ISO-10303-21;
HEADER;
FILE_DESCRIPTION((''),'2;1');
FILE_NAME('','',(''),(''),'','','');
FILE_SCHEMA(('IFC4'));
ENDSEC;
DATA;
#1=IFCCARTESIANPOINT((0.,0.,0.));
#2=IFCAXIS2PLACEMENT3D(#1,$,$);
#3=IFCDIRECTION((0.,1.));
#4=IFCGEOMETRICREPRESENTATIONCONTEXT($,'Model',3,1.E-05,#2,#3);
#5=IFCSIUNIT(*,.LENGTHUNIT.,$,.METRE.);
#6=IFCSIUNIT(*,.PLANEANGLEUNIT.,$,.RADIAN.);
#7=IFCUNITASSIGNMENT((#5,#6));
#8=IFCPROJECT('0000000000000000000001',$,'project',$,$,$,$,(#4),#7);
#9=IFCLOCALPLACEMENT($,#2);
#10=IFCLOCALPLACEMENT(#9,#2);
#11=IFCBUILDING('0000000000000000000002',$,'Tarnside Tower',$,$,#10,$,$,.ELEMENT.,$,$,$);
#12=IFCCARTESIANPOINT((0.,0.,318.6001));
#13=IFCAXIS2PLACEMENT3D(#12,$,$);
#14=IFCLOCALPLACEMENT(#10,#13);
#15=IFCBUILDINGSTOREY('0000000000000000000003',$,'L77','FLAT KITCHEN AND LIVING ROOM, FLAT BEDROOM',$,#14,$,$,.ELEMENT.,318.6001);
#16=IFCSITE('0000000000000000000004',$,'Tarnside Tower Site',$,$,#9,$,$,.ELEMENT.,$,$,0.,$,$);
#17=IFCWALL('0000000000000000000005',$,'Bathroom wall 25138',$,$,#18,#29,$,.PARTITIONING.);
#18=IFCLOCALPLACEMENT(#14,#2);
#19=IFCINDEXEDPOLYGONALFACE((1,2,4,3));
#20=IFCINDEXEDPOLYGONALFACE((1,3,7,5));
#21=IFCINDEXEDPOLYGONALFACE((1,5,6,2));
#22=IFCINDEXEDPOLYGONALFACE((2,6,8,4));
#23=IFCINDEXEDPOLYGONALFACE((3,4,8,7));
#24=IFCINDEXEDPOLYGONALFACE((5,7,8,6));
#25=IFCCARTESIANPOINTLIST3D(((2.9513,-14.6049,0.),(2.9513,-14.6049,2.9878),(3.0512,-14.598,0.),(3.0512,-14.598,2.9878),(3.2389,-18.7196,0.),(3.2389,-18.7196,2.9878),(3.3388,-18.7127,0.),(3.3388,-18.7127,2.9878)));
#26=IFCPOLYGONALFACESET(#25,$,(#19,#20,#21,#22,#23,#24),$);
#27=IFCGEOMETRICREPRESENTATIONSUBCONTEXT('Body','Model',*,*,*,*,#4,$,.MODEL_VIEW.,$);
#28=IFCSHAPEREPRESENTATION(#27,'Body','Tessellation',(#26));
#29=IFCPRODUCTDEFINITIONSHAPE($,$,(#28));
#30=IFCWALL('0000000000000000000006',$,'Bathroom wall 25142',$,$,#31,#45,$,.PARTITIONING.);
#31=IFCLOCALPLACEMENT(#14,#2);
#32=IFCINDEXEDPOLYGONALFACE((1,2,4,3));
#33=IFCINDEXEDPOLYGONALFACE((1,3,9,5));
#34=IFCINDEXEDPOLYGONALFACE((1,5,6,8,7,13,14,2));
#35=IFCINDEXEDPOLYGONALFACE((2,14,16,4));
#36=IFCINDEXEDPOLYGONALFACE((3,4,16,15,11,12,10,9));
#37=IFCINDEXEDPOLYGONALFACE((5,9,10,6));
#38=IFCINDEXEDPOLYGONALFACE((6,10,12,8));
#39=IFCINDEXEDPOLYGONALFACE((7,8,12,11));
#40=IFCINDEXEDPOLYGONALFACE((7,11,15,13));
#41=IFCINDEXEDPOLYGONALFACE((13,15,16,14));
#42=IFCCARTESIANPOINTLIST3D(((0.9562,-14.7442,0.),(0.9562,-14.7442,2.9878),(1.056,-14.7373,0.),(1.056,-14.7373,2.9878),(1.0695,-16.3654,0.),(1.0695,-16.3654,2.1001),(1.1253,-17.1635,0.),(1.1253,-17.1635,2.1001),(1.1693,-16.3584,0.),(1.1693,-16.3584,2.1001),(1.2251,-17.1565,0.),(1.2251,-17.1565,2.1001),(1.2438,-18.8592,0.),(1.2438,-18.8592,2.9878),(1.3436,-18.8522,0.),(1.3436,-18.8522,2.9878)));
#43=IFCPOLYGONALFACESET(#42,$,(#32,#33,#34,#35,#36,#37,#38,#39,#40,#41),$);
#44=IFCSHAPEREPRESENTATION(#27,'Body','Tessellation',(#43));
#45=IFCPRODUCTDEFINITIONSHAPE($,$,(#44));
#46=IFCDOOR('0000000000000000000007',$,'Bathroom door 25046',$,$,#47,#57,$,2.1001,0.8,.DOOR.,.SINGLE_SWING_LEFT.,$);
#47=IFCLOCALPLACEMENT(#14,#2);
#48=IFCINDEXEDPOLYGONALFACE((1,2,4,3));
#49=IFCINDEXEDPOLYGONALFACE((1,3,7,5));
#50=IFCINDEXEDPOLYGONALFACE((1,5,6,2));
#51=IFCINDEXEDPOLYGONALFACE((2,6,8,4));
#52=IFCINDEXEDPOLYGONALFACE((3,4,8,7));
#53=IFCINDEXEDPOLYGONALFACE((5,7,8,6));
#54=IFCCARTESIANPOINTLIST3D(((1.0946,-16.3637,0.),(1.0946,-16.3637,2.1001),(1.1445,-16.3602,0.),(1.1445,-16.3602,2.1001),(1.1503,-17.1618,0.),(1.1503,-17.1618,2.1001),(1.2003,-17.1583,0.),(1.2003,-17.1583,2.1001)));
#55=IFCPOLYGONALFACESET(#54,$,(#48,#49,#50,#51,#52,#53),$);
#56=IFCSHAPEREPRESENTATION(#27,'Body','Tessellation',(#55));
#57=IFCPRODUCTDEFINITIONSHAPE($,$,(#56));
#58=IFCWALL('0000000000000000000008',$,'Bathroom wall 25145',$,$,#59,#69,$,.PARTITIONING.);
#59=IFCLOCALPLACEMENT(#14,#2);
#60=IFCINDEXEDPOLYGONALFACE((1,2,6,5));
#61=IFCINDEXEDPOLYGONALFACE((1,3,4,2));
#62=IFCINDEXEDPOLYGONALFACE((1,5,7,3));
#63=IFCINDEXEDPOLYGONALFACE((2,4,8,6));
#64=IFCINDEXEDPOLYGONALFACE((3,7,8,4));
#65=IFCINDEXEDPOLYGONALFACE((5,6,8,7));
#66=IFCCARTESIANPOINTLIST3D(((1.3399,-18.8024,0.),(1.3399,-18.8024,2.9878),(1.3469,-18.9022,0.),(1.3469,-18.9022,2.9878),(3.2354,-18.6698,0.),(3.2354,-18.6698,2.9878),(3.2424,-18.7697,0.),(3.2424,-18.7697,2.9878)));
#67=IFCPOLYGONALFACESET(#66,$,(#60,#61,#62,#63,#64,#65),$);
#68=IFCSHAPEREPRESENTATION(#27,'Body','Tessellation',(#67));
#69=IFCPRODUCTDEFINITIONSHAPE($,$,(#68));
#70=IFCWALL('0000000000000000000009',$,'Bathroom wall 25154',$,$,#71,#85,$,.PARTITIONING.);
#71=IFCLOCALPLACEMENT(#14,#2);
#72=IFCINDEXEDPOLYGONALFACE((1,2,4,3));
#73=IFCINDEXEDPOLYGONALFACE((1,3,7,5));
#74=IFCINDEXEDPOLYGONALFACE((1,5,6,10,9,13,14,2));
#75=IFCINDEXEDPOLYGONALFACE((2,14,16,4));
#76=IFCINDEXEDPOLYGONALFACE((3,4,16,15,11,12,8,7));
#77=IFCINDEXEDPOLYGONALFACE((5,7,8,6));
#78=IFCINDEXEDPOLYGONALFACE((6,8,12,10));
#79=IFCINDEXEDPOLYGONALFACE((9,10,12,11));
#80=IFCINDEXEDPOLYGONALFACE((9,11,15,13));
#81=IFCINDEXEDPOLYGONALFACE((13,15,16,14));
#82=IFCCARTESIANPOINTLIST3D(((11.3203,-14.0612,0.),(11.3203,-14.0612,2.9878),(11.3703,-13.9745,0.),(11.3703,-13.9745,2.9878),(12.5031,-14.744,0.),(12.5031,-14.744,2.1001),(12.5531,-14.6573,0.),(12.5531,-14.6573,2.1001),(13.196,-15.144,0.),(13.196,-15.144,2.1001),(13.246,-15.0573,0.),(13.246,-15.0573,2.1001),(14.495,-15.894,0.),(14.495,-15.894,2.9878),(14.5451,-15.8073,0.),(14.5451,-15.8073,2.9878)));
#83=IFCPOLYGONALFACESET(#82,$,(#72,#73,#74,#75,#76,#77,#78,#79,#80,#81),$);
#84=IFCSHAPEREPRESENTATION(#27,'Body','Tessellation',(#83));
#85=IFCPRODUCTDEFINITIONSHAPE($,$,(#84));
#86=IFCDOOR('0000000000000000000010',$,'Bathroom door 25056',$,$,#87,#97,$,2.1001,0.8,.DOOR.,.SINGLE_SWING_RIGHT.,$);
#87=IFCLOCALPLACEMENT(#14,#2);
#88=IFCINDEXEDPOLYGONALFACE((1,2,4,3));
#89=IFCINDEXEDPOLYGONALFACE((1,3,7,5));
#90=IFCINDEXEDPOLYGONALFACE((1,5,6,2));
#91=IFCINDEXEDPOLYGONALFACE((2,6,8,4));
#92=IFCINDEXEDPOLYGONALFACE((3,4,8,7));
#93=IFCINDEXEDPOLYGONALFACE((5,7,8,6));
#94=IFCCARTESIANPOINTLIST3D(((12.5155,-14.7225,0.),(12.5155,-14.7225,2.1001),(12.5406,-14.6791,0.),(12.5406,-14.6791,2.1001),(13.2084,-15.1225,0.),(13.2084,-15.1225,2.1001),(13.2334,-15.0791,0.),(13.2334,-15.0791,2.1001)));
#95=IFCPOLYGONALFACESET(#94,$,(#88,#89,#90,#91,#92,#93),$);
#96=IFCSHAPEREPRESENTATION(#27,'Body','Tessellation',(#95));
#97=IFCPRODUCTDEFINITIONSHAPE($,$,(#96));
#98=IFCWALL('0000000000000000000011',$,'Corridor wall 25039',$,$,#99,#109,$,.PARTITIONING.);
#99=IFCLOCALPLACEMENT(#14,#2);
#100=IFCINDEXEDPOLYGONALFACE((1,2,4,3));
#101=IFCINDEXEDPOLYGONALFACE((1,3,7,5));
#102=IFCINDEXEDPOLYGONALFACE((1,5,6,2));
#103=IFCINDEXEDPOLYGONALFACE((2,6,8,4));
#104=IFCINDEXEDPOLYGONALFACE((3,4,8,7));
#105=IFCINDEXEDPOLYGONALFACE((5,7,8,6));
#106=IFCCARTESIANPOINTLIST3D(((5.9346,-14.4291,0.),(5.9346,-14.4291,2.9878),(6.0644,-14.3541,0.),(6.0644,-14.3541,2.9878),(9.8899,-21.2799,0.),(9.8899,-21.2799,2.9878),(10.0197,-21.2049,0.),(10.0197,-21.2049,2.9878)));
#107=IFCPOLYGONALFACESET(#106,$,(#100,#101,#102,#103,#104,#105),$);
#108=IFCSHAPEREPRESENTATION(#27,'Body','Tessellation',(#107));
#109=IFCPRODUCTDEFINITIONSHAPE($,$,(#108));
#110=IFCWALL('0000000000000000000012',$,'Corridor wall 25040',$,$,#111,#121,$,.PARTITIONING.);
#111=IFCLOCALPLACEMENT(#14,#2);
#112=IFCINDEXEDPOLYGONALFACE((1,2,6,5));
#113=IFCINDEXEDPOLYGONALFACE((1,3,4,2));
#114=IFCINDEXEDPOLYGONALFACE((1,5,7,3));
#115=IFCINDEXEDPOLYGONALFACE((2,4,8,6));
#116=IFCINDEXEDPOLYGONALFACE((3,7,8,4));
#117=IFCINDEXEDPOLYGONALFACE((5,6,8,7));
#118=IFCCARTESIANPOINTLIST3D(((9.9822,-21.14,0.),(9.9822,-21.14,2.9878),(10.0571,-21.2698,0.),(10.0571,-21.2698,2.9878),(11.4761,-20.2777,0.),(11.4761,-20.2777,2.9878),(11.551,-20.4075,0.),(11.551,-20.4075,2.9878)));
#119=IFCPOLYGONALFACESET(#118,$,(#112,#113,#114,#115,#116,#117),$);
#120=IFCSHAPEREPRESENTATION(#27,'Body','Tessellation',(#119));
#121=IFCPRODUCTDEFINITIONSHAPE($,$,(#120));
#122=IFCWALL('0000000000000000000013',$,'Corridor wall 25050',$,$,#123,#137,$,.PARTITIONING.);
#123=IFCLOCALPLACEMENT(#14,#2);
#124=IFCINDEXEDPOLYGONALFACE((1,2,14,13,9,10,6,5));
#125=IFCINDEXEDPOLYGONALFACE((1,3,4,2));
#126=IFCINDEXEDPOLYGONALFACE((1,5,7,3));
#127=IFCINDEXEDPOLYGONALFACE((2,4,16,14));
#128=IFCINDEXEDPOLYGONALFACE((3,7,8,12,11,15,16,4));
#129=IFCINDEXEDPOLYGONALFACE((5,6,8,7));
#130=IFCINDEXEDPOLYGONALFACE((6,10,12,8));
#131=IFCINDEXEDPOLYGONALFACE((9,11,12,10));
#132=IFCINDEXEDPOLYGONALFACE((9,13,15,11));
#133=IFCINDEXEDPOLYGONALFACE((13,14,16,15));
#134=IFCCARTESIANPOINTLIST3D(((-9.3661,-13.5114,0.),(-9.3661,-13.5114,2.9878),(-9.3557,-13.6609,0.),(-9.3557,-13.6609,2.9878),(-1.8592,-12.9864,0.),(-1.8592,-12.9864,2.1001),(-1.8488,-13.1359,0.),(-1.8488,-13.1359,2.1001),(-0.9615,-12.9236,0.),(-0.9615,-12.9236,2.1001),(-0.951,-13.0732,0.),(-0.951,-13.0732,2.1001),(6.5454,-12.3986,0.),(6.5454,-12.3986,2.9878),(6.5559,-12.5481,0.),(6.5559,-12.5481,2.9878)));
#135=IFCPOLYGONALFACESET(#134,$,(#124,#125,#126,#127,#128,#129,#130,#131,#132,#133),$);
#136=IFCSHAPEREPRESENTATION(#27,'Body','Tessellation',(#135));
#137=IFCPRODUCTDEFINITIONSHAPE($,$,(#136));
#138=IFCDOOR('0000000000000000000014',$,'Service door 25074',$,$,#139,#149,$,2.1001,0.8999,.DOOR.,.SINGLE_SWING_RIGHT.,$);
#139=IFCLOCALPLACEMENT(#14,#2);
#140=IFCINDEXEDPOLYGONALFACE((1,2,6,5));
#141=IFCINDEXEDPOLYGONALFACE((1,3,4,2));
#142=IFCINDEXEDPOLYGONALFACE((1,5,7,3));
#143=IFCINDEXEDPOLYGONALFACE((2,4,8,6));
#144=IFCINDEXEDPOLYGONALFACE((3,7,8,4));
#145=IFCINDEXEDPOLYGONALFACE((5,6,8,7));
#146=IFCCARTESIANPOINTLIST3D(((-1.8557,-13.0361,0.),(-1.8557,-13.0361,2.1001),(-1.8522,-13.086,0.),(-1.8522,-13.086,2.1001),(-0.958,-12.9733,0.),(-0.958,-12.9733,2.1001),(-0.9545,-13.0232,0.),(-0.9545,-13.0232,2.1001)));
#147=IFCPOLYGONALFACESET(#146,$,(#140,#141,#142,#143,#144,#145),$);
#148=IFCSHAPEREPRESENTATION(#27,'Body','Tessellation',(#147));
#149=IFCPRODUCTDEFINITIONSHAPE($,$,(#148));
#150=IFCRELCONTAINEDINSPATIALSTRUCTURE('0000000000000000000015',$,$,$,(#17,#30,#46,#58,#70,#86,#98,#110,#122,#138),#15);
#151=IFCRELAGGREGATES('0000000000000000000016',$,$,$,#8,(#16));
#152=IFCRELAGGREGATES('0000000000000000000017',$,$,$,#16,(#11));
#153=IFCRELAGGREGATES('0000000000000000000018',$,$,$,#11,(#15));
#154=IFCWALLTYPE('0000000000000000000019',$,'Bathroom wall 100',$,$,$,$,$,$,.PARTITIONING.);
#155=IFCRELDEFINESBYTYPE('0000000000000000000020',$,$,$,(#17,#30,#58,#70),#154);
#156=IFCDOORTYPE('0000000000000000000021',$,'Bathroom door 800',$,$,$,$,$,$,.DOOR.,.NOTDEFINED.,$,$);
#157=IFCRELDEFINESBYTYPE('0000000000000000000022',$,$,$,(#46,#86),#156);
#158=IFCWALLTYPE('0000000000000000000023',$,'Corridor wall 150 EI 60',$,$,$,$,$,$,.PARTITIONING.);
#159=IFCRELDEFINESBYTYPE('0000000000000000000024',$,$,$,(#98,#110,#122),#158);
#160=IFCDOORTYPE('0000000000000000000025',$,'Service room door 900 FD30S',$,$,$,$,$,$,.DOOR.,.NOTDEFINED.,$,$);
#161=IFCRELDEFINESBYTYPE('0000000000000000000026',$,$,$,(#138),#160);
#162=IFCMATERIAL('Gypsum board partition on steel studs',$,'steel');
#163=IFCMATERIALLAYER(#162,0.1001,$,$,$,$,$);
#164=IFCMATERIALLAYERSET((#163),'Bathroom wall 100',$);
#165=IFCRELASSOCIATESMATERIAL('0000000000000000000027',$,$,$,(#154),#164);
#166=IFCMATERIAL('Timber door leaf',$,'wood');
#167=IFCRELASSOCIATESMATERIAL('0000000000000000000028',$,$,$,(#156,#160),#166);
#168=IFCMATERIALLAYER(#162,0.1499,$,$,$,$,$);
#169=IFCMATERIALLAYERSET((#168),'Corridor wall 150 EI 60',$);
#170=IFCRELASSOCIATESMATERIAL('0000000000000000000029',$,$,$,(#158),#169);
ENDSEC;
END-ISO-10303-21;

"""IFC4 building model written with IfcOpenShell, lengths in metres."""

from ifc_helpers import new_model, si_unit, direction, frame, frame_2d, origin, place, context, subcontext, project, spatial, rectangle, extrude, material, layer, layer_set, type_object, element, fill, save


model = new_model("IFC4")

# Units and contexts
model_context = context("Model", 3, precision=1e-05, world=origin(), true_north=direction((0.0, 1.0)))
body_context = subcontext(model_context, "Body", "Model", "MODEL_VIEW")
ifc_project = project(units=[si_unit("LENGTHUNIT", "METRE"), si_unit("PLANEANGLEUNIT", "RADIAN")], contexts=[model_context])

# Site, building, storey
site_placement = place(None, origin())
site = spatial("IfcSite", under=ifc_project, at=site_placement, Name="Tarnside Tower Site", CompositionType="ELEMENT", RefElevation=0.0)
building_placement = place(site_placement, origin())
building = spatial("IfcBuilding", under=site, at=building_placement, Name="Tarnside Tower", CompositionType="ELEMENT")
storey_placement = place(building_placement, frame((0.0, 0.0, 318.6001)))
storey = spatial("IfcBuildingStorey", under=building, at=storey_placement, Name="L77", Description="FLAT KITCHEN AND LIVING ROOM, FLAT BEDROOM", CompositionType="ELEMENT", Elevation=318.6001)

# Wall
ifc_material_1 = material(Name="Gypsum board partition on steel studs", Category="steel")
ifc_layer_1 = layer(ifc_material_1, 0.1001)
ifc_layer_set_1 = layer_set([ifc_layer_1], Name="Bathroom wall 100")
wall_type_1 = type_object("IfcWallType", Name="Bathroom wall 100", PredefinedType="PARTITIONING", material=ifc_layer_set_1)
wall_1_placement = place(storey_placement, frame((3.0012, -14.6013, 0.0), z_axis=(0.0, 0.0, 1.0), x_axis=(0.069724, -0.997566, 0.0)))
element("IfcWall", 1, at=wall_1_placement, inside=storey, type_object=wall_type_1, Name="Bathroom wall 25138", PredefinedType="PARTITIONING", context=body_context, shape_type="SweptSolid", body=[
    extrude(rectangle(XDim=4.1248, YDim=0.1001, at=frame_2d((2.0625, 0.0))), origin(), (0.0, 0.0, 1.0), 2.9878),
])

# Wall, opening, door
wall_2_placement = place(storey_placement, frame((1.2937, -18.8557, 0.0), z_axis=(0.0, 0.0, 1.0), x_axis=(-0.06972, 0.997567, 0.0)))
wall_2 = element("IfcWall", 2, at=wall_2_placement, inside=storey, type_object=wall_type_1, Name="Bathroom wall 25142", PredefinedType="PARTITIONING", context=body_context, shape_type="SweptSolid", body=[
    extrude(rectangle(XDim=4.125, YDim=0.1001, at=frame_2d((2.0625, 0.0))), origin(), (0.0, 0.0, 1.0), 2.9878),
])
opening_1_placement = place(wall_2_placement, frame((1.7, 0.0, 0.0)))
opening_1 = element("IfcOpeningElement", 3, at=opening_1_placement, cuts=wall_2, PredefinedType="OPENING", context=body_context, shape_type="SweptSolid", body=[
    extrude(rectangle(XDim=0.8, YDim=2.1001, at=frame_2d((0.3999, 1.05))), frame((0.0, 0.0601, 0.0), z_axis=(0.0, -1.0, 0.0), x_axis=(1.0, 0.0, 0.0)), (0.0, 0.0, 1.0), 0.1201),
])
ifc_material_2 = material(Name="Timber door leaf", Category="wood")
door_type_1 = type_object("IfcDoorType", Name="Bathroom door 800", OperationType="NOTDEFINED", PredefinedType="DOOR", material=ifc_material_2)
door_1_placement = place(opening_1_placement, origin())
door_1 = element("IfcDoor", 4, at=door_1_placement, inside=storey, type_object=door_type_1, Name="Bathroom door 25046", OperationType="SINGLE_SWING_LEFT", OverallHeight=2.1001, OverallWidth=0.8, PredefinedType="DOOR", context=body_context, shape_type="SweptSolid", body=[
    extrude(rectangle(XDim=0.8, YDim=2.1001, at=frame_2d((0.3999, 1.05))), frame((0.0, 0.0249, 0.0), z_axis=(0.0, -1.0, 0.0), x_axis=(1.0, 0.0, 0.0)), (0.0, 0.0, 1.0), 0.05),
])
fill(opening_1, door_1)

# Wall
wall_3_placement = place(storey_placement, frame((3.239, -18.7197, 0.0), z_axis=(0.0, 0.0, 1.0), x_axis=(-0.997563, -0.069768, 0.0)))
element("IfcWall", 5, at=wall_3_placement, inside=storey, type_object=wall_type_1, Name="Bathroom wall 25145", PredefinedType="PARTITIONING", context=body_context, shape_type="SweptSolid", body=[
    extrude(rectangle(XDim=1.9001, YDim=0.1001, at=frame_2d((0.9502, 0.0))), origin(), (0.0, 0.0, 1.0), 2.9878),
])

# Wall, opening, door
wall_4_placement = place(storey_placement, frame((11.3452, -14.0178, 0.0), z_axis=(0.0, 0.0, 1.0), x_axis=(0.86605, -0.499957, 0.0)))
wall_4 = element("IfcWall", 6, at=wall_4_placement, inside=storey, type_object=wall_type_1, Name="Bathroom wall 25154", PredefinedType="PARTITIONING", context=body_context, shape_type="SweptSolid", body=[
    extrude(rectangle(XDim=3.6658, YDim=0.1001, at=frame_2d((1.833, 0.0))), origin(), (0.0, 0.0, 1.0), 2.9878),
])
opening_2_placement = place(wall_4_placement, frame((1.366, 0.0, 0.0)))
opening_2 = element("IfcOpeningElement", 7, at=opening_2_placement, cuts=wall_4, PredefinedType="OPENING", context=body_context, shape_type="SweptSolid", body=[
    extrude(rectangle(XDim=0.8, YDim=2.1001, at=frame_2d((0.3999, 1.05))), frame((0.0, 0.0601, 0.0), z_axis=(0.0, -1.0, 0.0), x_axis=(1.0, 0.0, 0.0)), (0.0, 0.0, 1.0), 0.1201),
])
door_2_placement = place(opening_2_placement, origin())
door_2 = element("IfcDoor", 8, at=door_2_placement, inside=storey, type_object=door_type_1, Name="Bathroom door 25056", OperationType="SINGLE_SWING_RIGHT", OverallHeight=2.1001, OverallWidth=0.8, PredefinedType="DOOR", context=body_context, shape_type="SweptSolid", body=[
    extrude(rectangle(XDim=0.8, YDim=2.1001, at=frame_2d((0.3999, 1.05))), frame((0.0, 0.0249, 0.0), z_axis=(0.0, -1.0, 0.0), x_axis=(1.0, 0.0, 0.0)), (0.0, 0.0, 1.0), 0.05),
])
fill(opening_2, door_2)

# Walls
ifc_layer_2 = layer(ifc_material_1, 0.1499)
ifc_layer_set_2 = layer_set([ifc_layer_2], Name="Corridor wall 150 EI 60")
wall_type_2 = type_object("IfcWallType", Name="Corridor wall 150 EI 60", PredefinedType="PARTITIONING", material=ifc_layer_set_2)
wall_5_placement = place(storey_placement, frame((5.9995, -14.3916, 0.0), z_axis=(0.0, 0.0, 1.0), x_axis=(0.499999, -0.866026, 0.0)))
element("IfcWall", 9, at=wall_5_placement, inside=storey, type_object=wall_type_2, Name="Corridor wall 25039", PredefinedType="PARTITIONING", context=body_context, shape_type="SweptSolid", body=[
    extrude(rectangle(XDim=7.9106, YDim=0.1499, at=frame_2d((3.9553, 0.0))), origin(), (0.0, 0.0, 1.0), 2.9878),
])
wall_6_placement = place(storey_placement, frame((10.0198, -21.2048, 0.0), z_axis=(0.0, 0.0, 1.0), x_axis=(0.866075, 0.499914, 0.0)))
element("IfcWall", 10, at=wall_6_placement, inside=storey, type_object=wall_type_2, Name="Corridor wall 25040", PredefinedType="PARTITIONING", context=body_context, shape_type="SweptSolid", body=[
    extrude(rectangle(XDim=1.7249, YDim=0.1499, at=frame_2d((0.8623, 0.0))), origin(), (0.0, 0.0, 1.0), 2.9878),
])

# Wall, opening, door
wall_7_placement = place(storey_placement, frame((6.5505, -12.4734, 0.0), z_axis=(0.0, 0.0, 1.0), x_axis=(-0.997563, -0.069765, 0.0)))
wall_7 = element("IfcWall", 11, at=wall_7_placement, inside=storey, type_object=wall_type_2, Name="Corridor wall 25050", PredefinedType="PARTITIONING", context=body_context, shape_type="SweptSolid", body=[
    extrude(rectangle(XDim=15.9504, YDim=0.1499, at=frame_2d((7.9751, 0.0))), origin(), (0.0, 0.0, 1.0), 2.9878),
])
opening_3_placement = place(wall_7_placement, frame((7.5251, 0.0, 0.0)))
opening_3 = element("IfcOpeningElement", 12, at=opening_3_placement, cuts=wall_7, PredefinedType="OPENING", context=body_context, shape_type="SweptSolid", body=[
    extrude(rectangle(XDim=0.8999, YDim=2.1001, at=frame_2d((0.45, 1.05))), frame((0.0, 0.085, 0.0), z_axis=(0.0, -1.0, 0.0), x_axis=(1.0, 0.0, 0.0)), (0.0, 0.0, 1.0), 0.1699),
])
door_type_2 = type_object("IfcDoorType", Name="Service room door 900 FD30S", OperationType="NOTDEFINED", PredefinedType="DOOR", material=ifc_material_2)
door_3_placement = place(opening_3_placement, origin())
door_3 = element("IfcDoor", 13, at=door_3_placement, inside=storey, type_object=door_type_2, Name="Service door 25074", OperationType="SINGLE_SWING_RIGHT", OverallHeight=2.1001, OverallWidth=0.8999, PredefinedType="DOOR", context=body_context, shape_type="SweptSolid", body=[
    extrude(rectangle(XDim=0.8999, YDim=2.1001, at=frame_2d((0.45, 1.05))), frame((0.0, 0.0249, 0.0), z_axis=(0.0, -1.0, 0.0), x_axis=(1.0, 0.0, 0.0)), (0.0, 0.0, 1.0), 0.05),
])
fill(opening_3, door_3)

save(model, "model.ifc")
